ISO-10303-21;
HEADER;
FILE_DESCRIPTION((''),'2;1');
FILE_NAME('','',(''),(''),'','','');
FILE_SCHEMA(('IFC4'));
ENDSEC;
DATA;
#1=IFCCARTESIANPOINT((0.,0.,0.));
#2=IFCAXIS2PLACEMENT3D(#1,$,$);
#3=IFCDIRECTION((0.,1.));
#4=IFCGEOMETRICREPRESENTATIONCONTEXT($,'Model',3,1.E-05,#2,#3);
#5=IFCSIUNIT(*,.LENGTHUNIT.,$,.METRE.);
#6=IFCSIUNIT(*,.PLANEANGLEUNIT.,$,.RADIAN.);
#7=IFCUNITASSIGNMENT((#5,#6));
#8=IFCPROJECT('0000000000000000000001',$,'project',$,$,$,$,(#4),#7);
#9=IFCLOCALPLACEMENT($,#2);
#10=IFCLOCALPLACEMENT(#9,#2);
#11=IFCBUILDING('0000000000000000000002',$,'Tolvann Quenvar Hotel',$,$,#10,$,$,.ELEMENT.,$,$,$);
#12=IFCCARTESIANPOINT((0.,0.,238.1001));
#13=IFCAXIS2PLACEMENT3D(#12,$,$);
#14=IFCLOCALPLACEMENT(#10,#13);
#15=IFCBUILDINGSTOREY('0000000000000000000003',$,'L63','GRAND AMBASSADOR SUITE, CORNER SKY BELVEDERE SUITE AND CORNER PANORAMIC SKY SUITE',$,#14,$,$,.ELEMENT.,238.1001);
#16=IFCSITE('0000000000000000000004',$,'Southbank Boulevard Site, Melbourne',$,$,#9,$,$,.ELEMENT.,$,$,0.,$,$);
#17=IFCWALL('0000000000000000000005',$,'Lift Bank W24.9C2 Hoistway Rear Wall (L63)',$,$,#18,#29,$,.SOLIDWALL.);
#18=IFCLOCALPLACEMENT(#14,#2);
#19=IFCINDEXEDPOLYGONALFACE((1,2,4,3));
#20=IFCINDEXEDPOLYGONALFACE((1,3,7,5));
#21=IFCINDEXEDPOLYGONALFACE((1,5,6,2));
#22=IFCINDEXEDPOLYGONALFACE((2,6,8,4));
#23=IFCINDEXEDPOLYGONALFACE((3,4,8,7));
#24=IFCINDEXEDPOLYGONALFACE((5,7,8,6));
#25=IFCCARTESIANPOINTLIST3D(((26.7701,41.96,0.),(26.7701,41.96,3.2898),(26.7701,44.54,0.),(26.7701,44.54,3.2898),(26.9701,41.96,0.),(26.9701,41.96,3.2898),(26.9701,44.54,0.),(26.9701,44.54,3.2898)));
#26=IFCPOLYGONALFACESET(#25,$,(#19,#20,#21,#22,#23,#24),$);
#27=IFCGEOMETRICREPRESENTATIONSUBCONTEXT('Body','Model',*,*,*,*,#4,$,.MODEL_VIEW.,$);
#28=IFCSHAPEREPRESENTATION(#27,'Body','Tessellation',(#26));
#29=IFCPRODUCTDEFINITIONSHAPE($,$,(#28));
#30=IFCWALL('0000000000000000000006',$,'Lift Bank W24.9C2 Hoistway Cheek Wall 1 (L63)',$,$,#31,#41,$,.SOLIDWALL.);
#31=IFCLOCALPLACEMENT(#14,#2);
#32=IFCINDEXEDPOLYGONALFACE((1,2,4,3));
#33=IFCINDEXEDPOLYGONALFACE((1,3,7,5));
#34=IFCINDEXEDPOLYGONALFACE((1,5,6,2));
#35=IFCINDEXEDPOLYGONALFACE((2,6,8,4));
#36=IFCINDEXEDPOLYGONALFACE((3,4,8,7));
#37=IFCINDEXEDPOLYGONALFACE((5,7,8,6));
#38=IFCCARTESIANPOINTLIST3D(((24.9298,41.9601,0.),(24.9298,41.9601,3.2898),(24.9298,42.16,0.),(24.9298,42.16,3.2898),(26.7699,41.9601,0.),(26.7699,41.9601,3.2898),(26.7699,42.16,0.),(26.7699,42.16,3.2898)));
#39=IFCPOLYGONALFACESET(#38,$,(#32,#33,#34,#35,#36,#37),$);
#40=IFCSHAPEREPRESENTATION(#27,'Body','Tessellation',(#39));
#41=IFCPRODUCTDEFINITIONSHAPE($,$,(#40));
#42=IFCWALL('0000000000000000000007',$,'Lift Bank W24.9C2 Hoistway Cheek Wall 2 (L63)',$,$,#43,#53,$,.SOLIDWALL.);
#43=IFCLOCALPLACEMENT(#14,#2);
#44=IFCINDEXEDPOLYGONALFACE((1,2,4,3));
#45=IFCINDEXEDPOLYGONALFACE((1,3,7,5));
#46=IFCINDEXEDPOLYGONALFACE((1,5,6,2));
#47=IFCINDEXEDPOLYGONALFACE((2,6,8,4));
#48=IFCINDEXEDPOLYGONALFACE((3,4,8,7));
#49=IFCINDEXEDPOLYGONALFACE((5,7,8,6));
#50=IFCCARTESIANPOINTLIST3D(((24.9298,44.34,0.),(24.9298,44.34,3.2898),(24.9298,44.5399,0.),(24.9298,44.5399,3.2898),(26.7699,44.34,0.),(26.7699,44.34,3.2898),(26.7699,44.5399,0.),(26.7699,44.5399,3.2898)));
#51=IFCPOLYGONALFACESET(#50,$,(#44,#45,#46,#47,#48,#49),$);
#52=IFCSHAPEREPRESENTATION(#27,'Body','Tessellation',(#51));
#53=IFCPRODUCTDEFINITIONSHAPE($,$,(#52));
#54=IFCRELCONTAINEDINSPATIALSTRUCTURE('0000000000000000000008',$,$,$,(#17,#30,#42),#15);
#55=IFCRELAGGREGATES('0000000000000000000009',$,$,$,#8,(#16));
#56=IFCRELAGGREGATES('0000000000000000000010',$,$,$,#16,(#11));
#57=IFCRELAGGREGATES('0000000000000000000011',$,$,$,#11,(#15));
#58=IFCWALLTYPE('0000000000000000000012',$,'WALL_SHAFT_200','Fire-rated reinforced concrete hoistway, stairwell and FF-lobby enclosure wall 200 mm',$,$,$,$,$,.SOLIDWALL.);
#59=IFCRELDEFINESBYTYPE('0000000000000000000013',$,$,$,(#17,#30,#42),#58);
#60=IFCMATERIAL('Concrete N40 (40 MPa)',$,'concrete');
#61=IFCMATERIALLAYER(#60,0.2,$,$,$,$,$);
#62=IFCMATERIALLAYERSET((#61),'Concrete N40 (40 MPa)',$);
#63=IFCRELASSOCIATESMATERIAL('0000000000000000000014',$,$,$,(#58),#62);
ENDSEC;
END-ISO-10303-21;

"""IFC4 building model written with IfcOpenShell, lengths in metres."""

from ifc_helpers import new_model, si_unit, direction, frame, frame_2d, origin, place, context, subcontext, project, spatial, rectangle, extrude, material, layer, layer_set, type_object, element, save


model = new_model("IFC4")

# Units and contexts
model_context = context("Model", 3, precision=1e-05, world=origin(), true_north=direction((0.0, 1.0)))
body_context = subcontext(model_context, "Body", "Model", "MODEL_VIEW")
ifc_project = project(units=[si_unit("LENGTHUNIT", "METRE"), si_unit("PLANEANGLEUNIT", "RADIAN")], contexts=[model_context])

# Site, building, storey
site_placement = place(None, origin())
site = spatial("IfcSite", under=ifc_project, at=site_placement, Name="Southbank Boulevard Site, Melbourne", CompositionType="ELEMENT", RefElevation=0.0)
building_placement = place(site_placement, origin())
building = spatial("IfcBuilding", under=site, at=building_placement, Name="Tolvann Quenvar Hotel", CompositionType="ELEMENT")
storey_placement = place(building_placement, frame((0.0, 0.0, 238.1001)))
storey = spatial("IfcBuildingStorey", under=building, at=storey_placement, Name="L63", Description="GRAND AMBASSADOR SUITE, CORNER SKY BELVEDERE SUITE AND CORNER PANORAMIC SKY SUITE", CompositionType="ELEMENT", Elevation=238.1001)

# Shared definitions
ifc_material_1 = material(Name="Concrete N40 (40 MPa)", Category="concrete")
ifc_layer_1 = layer(ifc_material_1, 0.2)
ifc_layer_set_1 = layer_set([ifc_layer_1], Name="Concrete N40 (40 MPa)")
wall_type_1 = type_object("IfcWallType", Name="WALL_SHAFT_200", Description="Fire-rated reinforced concrete hoistway, stairwell and FF-lobby enclosure wall 200 mm", PredefinedType="SOLIDWALL", material=ifc_layer_set_1)

# Walls
for number, where, z_axis, x_axis, name in (
    (1, (26.8701, 41.96, 0.0), (0.0, 0.0, 1.0), (0.0, 1.0, 0.0), "Lift Bank W24.9C2 Hoistway Rear Wall (L63)"),
):
    element("IfcWall", number, at=place(storey_placement, frame(where, z_axis=z_axis, x_axis=x_axis)), inside=storey, type_object=wall_type_1, Name=name, PredefinedType="SOLIDWALL", context=body_context, shape_type="SweptSolid", body=[
        extrude(rectangle(XDim=2.5801, YDim=0.2, at=frame_2d((1.29, 0.0))), origin(), (0.0, 0.0, 1.0), 3.2898),
    ])
for number, where, z_axis, x_axis, name in (
    (2, (24.9299, 42.0601, 0.0), (0.0, 0.0, 1.0), (1.0, 0.0, 0.0), "Lift Bank W24.9C2 Hoistway Cheek Wall 1 (L63)"),
    (3, (24.9299, 44.4399, 0.0), (0.0, 0.0, 1.0), (1.0, 0.0, 0.0), "Lift Bank W24.9C2 Hoistway Cheek Wall 2 (L63)"),
):
    element("IfcWall", number, at=place(storey_placement, frame(where, z_axis=z_axis, x_axis=x_axis)), inside=storey, type_object=wall_type_1, Name=name, PredefinedType="SOLIDWALL", context=body_context, shape_type="SweptSolid", body=[
        extrude(rectangle(XDim=1.8401, YDim=0.2, at=frame_2d((0.9199, 0.0))), origin(), (0.0, 0.0, 1.0), 3.2898),
    ])

save(model, "model.ifc")
